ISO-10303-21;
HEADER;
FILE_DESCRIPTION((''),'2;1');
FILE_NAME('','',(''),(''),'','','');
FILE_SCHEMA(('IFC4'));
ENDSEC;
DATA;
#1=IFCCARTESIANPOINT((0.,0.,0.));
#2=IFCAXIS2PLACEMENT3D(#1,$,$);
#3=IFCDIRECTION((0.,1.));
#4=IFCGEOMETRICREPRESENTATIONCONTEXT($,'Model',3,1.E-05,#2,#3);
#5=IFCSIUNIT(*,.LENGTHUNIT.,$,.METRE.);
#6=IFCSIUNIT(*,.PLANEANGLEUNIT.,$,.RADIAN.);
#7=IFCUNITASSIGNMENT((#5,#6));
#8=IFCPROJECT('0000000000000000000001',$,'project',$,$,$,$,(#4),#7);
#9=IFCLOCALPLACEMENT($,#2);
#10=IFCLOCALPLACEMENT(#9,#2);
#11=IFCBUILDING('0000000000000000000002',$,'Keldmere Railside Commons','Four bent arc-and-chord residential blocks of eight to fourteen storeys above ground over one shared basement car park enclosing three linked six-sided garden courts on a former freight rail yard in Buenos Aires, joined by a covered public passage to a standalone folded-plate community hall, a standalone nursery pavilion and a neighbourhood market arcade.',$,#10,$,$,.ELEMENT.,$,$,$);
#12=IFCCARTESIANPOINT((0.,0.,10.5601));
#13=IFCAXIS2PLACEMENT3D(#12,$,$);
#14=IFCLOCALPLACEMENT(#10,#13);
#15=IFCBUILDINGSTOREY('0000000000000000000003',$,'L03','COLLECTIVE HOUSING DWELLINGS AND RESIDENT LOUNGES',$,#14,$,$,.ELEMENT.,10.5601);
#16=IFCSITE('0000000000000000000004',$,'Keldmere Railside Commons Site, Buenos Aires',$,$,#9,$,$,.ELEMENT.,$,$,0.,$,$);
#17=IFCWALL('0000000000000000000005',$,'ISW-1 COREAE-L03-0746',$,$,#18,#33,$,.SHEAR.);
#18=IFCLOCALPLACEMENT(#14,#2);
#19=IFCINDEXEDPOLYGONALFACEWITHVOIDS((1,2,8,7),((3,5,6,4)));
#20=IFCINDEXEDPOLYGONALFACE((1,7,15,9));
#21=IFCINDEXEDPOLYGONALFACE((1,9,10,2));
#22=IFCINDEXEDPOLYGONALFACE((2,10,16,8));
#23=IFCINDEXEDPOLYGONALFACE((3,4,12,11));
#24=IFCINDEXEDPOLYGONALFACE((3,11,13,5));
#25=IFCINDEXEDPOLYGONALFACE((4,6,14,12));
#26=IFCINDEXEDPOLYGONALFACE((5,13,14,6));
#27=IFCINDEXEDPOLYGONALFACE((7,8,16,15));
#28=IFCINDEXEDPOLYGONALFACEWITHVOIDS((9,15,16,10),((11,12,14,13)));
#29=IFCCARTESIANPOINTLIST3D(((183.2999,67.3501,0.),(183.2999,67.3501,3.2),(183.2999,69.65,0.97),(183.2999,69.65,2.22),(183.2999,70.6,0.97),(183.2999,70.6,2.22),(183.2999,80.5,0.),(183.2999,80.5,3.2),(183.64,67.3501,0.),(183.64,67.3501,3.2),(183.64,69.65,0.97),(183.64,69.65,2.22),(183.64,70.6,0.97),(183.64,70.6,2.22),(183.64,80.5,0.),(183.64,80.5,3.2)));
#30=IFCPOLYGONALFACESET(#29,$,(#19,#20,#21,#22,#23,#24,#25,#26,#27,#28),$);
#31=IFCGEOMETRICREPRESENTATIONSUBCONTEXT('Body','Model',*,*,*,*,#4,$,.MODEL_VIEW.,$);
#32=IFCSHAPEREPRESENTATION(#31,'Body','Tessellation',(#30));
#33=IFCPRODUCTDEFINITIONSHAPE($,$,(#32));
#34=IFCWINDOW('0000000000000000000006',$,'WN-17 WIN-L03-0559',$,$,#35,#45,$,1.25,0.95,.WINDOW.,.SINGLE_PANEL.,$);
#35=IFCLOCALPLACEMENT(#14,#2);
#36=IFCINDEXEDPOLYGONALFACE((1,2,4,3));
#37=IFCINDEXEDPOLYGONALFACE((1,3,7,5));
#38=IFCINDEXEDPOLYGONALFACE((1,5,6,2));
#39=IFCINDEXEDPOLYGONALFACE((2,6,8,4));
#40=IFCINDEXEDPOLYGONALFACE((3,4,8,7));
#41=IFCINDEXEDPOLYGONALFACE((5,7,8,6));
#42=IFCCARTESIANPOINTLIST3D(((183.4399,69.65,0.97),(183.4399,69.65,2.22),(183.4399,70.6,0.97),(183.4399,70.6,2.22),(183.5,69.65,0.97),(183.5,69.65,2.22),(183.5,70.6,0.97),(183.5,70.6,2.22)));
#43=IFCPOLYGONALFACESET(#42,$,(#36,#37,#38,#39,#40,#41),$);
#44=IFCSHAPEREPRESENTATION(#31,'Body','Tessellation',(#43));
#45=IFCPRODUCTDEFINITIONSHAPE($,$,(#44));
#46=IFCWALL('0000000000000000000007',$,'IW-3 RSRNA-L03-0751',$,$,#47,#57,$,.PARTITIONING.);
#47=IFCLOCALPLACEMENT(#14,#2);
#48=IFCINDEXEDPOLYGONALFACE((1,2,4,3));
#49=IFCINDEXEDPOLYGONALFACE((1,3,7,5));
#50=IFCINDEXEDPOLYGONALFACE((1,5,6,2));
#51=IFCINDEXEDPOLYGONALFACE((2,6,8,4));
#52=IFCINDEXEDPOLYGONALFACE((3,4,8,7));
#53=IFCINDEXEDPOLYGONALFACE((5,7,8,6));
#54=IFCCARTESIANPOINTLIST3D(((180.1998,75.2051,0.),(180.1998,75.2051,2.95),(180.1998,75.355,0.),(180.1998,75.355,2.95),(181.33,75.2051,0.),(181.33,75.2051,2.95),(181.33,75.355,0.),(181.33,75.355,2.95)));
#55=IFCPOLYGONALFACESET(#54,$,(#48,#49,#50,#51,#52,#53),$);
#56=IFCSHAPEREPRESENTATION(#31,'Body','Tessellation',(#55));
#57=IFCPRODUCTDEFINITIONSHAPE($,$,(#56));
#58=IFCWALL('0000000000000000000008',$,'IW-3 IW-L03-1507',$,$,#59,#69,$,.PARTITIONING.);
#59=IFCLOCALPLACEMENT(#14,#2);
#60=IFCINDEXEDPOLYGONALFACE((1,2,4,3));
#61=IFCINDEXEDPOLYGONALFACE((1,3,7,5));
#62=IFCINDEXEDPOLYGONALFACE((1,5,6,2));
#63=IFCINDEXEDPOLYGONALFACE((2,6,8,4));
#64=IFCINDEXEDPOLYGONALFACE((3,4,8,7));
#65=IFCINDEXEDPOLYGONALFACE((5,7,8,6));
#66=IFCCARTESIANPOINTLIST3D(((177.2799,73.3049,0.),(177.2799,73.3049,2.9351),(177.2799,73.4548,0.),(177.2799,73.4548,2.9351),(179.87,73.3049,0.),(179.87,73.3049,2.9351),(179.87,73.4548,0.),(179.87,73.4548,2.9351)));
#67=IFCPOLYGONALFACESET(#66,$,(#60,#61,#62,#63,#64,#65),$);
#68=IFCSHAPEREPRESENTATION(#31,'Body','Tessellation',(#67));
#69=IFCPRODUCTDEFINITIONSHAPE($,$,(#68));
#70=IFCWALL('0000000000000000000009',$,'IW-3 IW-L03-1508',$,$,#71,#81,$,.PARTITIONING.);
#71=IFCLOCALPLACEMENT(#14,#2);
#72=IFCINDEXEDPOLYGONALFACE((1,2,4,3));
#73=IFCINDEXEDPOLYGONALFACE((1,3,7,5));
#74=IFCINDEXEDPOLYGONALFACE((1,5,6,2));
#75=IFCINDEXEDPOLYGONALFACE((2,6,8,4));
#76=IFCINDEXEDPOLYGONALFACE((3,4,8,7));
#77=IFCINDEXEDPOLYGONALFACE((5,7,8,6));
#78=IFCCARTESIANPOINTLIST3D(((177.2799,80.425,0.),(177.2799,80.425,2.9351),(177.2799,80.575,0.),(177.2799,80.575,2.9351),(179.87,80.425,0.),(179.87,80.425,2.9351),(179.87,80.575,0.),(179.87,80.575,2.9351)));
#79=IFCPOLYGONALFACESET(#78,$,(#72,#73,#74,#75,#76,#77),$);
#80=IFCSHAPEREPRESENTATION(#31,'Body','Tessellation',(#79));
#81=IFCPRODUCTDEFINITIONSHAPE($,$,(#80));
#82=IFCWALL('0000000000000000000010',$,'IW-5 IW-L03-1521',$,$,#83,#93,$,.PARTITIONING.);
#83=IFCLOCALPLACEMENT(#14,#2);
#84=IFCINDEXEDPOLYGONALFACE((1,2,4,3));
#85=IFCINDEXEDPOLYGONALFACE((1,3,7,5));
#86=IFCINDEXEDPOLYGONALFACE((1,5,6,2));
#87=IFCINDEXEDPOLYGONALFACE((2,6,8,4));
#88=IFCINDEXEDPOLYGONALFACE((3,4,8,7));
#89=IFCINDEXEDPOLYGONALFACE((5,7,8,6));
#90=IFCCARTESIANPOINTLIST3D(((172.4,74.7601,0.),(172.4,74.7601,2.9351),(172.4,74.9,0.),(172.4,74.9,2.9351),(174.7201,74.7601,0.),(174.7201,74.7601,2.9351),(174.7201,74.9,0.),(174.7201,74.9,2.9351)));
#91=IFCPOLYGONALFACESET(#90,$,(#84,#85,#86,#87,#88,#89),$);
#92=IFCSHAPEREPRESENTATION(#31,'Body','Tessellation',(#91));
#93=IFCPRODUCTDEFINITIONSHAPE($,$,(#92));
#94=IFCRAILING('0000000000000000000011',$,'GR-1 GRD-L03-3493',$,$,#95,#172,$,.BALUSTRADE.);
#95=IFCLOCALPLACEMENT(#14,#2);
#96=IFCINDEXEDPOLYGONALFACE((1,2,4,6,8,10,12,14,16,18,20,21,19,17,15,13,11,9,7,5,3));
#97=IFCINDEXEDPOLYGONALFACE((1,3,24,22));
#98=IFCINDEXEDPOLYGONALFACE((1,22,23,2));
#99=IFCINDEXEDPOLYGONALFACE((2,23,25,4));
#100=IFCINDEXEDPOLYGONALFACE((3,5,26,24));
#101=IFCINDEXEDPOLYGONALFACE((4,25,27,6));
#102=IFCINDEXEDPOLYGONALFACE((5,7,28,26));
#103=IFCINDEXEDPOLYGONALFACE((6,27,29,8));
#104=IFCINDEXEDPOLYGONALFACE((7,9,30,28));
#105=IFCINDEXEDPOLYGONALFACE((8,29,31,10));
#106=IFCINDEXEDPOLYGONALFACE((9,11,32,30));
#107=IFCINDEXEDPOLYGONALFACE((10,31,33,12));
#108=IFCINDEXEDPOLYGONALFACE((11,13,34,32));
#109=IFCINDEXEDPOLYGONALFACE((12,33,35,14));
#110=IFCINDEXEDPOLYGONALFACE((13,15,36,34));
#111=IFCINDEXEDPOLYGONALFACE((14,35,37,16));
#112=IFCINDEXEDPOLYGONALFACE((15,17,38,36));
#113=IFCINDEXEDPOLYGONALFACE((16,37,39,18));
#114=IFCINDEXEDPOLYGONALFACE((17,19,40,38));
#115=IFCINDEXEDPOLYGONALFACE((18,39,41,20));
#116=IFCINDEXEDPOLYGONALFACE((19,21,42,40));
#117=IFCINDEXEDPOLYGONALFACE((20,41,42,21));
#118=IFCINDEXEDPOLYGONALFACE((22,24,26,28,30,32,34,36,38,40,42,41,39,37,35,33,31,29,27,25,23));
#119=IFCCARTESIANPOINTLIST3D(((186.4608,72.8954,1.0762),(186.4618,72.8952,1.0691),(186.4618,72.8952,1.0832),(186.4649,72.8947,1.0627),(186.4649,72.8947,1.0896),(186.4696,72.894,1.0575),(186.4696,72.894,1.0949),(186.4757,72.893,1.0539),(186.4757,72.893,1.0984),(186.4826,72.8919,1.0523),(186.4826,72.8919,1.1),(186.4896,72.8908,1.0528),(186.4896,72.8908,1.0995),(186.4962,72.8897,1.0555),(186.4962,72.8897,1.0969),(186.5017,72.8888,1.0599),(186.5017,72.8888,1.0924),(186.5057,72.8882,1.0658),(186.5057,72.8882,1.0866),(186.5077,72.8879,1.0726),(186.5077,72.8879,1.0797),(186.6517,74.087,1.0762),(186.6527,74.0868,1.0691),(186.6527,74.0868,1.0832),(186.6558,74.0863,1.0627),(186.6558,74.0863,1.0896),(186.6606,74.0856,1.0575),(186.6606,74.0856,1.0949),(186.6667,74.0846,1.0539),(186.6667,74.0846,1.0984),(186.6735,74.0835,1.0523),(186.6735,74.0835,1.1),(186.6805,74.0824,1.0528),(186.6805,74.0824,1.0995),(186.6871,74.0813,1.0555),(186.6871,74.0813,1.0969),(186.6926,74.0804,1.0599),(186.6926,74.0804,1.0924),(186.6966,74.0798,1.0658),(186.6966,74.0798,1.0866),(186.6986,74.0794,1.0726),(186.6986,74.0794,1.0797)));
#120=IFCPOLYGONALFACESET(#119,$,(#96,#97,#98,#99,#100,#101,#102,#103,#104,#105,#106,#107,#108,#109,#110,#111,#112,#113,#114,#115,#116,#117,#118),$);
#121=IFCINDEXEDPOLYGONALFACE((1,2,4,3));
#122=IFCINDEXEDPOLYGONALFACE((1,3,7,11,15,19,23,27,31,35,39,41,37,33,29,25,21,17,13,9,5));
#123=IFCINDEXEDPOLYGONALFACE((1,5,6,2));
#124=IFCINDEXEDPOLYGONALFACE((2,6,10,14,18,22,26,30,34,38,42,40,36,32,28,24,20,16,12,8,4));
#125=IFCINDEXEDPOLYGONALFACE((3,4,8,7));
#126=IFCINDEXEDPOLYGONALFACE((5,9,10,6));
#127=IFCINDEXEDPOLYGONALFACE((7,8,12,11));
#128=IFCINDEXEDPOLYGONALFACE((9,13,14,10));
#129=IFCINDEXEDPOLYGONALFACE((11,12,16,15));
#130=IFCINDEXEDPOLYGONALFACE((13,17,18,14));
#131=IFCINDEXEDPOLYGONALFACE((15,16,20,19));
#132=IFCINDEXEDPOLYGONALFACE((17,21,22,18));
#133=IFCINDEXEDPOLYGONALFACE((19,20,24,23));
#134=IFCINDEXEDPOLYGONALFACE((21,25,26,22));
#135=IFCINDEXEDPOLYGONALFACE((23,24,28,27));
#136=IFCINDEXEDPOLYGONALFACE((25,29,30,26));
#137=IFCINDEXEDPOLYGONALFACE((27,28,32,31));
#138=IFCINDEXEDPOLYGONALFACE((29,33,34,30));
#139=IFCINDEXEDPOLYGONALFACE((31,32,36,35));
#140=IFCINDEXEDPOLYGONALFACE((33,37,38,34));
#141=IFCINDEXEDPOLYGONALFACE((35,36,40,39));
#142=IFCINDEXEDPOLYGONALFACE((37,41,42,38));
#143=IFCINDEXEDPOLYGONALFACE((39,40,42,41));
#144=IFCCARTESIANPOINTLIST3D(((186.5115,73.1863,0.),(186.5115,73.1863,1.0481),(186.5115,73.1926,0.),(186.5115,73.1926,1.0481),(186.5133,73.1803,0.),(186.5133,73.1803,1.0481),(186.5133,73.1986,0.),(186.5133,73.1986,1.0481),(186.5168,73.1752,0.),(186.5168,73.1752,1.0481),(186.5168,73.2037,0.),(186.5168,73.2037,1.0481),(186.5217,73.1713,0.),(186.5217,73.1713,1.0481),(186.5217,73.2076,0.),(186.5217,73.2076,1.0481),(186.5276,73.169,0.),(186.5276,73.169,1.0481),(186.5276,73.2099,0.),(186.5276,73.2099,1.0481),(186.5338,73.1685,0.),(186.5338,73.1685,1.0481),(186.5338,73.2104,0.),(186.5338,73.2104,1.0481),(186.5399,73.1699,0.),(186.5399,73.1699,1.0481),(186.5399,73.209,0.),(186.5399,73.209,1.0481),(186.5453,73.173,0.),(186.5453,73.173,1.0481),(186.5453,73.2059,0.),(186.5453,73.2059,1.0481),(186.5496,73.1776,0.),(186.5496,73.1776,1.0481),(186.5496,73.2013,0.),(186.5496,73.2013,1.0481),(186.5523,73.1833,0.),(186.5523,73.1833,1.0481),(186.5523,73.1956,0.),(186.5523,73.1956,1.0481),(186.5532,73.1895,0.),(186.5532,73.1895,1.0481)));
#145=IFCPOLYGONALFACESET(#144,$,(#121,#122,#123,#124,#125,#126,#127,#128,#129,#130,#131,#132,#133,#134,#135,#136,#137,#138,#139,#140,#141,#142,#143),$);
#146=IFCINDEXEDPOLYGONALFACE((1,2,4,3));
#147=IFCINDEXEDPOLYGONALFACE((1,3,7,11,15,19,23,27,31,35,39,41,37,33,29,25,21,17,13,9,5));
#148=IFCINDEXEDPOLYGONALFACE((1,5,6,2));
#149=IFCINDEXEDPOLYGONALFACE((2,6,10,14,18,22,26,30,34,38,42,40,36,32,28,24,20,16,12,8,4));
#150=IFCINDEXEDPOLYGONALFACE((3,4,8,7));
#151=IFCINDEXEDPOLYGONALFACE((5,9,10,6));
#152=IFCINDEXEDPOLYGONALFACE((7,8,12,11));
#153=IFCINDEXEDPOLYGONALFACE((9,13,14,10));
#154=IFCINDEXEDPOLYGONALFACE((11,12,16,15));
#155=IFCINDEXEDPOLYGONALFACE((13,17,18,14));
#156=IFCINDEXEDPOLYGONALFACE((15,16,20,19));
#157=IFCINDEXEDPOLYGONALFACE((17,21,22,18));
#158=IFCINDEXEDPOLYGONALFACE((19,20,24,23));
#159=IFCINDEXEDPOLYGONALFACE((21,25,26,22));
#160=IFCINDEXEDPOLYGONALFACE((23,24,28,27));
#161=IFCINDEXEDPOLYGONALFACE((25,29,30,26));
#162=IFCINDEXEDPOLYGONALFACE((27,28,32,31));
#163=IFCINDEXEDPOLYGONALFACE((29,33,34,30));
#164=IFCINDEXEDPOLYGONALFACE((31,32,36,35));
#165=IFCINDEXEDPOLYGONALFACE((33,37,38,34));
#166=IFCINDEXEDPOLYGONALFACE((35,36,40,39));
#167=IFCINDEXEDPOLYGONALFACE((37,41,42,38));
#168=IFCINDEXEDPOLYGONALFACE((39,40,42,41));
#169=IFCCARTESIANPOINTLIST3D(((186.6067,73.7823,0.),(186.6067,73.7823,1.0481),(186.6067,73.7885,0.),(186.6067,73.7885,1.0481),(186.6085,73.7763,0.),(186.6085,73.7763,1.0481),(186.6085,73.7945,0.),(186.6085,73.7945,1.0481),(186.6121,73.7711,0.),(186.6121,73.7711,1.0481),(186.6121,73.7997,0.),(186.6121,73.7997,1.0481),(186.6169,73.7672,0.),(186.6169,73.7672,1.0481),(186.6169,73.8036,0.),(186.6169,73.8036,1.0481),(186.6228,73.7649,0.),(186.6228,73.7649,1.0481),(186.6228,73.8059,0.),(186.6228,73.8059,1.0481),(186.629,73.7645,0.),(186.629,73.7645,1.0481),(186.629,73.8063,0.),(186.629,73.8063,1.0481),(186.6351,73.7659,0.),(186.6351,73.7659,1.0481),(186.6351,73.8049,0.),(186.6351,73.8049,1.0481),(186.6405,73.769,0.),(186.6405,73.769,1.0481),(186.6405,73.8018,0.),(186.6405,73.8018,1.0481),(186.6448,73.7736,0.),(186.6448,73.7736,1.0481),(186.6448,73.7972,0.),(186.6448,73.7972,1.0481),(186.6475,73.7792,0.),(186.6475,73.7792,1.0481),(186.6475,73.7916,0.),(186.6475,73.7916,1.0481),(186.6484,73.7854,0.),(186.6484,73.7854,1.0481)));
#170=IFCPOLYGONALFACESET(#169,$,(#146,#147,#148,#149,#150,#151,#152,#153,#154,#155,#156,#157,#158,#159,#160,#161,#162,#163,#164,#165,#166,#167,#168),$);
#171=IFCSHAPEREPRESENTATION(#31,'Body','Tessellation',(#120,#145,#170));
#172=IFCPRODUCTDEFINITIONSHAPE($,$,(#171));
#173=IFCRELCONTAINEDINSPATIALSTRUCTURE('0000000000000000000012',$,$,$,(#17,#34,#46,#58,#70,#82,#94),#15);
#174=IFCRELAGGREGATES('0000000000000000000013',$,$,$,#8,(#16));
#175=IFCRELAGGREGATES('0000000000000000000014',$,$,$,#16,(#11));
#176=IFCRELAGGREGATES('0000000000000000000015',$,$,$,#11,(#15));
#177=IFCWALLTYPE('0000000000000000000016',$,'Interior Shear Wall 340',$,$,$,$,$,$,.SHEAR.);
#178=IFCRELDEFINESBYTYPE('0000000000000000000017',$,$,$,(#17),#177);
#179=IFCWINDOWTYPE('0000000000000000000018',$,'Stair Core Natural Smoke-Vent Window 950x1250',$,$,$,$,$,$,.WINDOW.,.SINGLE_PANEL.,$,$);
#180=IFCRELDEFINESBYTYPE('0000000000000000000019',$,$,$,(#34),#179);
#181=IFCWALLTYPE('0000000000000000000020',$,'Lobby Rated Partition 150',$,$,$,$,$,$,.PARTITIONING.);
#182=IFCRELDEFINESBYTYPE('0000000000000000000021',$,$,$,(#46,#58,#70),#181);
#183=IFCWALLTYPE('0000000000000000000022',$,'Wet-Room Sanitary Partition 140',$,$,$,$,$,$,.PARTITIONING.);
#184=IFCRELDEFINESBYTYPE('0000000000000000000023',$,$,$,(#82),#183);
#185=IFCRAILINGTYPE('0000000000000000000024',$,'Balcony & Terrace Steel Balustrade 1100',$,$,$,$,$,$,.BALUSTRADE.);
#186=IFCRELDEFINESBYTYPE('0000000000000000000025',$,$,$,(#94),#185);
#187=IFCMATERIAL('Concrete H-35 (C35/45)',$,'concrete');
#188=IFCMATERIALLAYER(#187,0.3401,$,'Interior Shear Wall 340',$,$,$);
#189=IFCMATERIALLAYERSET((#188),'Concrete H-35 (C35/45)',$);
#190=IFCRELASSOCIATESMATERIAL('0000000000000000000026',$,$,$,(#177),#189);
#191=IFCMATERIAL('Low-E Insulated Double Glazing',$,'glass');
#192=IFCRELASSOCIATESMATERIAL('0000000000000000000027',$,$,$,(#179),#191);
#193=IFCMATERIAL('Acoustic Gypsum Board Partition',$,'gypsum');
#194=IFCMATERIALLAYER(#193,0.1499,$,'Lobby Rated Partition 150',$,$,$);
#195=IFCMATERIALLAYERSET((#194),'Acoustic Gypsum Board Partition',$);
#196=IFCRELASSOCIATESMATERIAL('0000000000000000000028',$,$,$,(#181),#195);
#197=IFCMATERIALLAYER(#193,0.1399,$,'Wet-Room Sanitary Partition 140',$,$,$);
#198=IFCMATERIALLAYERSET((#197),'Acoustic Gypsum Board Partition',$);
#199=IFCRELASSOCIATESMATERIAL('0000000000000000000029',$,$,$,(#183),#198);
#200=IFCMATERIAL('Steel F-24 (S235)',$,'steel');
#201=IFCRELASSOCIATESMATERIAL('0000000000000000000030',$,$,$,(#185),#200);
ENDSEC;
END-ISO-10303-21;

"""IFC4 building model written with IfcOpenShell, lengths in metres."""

from ifc_helpers import new_model, si_unit, direction, frame, frame_2d, origin, origin_2d, place, context, subcontext, project, spatial, rectangle, circle, extrude, material, layer, layer_set, type_object, element, fill, save


model = new_model("IFC4")

# Units and contexts
model_context = context("Model", 3, precision=1e-05, world=origin(), true_north=direction((0.0, 1.0)))
body_context = subcontext(model_context, "Body", "Model", "MODEL_VIEW")
ifc_project = project(units=[si_unit("LENGTHUNIT", "METRE"), si_unit("PLANEANGLEUNIT", "RADIAN")], contexts=[model_context])

# Site, building, storey
site_placement = place(None, origin())
site = spatial("IfcSite", under=ifc_project, at=site_placement, Name="Keldmere Railside Commons Site, Buenos Aires", CompositionType="ELEMENT", RefElevation=0.0)
building_placement = place(site_placement, origin())
building = spatial("IfcBuilding", under=site, at=building_placement, Name="Keldmere Railside Commons", Description="Four bent arc-and-chord residential blocks of eight to fourteen storeys above ground over one shared basement car park enclosing three linked six-sided garden courts on a former freight rail yard in Buenos Aires, joined by a covered public passage to a standalone folded-plate community hall, a standalone nursery pavilion and a neighbourhood market arcade.", CompositionType="ELEMENT")
storey_placement = place(building_placement, frame((0.0, 0.0, 10.5601)))
storey = spatial("IfcBuildingStorey", under=building, at=storey_placement, Name="L03", Description="COLLECTIVE HOUSING DWELLINGS AND RESIDENT LOUNGES", CompositionType="ELEMENT", Elevation=10.5601)

# Shared definitions
ifc_material_1 = material(Name="Concrete H-35 (C35/45)", Category="concrete")

# Shared definitions
ifc_material_2 = material(Name="Steel F-24 (S235)", Category="steel")

# Wall, opening, window
ifc_layer_1 = layer(ifc_material_1, 0.3401, Name="Interior Shear Wall 340")
ifc_layer_set_1 = layer_set([ifc_layer_1], Name="Concrete H-35 (C35/45)")
wall_type_1 = type_object("IfcWallType", Name="Interior Shear Wall 340", PredefinedType="SHEAR", material=ifc_layer_set_1)
wall_1_placement = place(storey_placement, frame((183.47, 80.5, 0.0), z_axis=(0.0, 0.0, 1.0), x_axis=(0.0, -1.0, 0.0)))
wall_1 = element("IfcWall", 1, at=wall_1_placement, inside=storey, type_object=wall_type_1, Name="ISW-1 COREAE-L03-0746", PredefinedType="SHEAR", context=body_context, shape_type="SweptSolid", body=[
    extrude(rectangle(XDim=13.1499, YDim=0.3401, at=frame_2d((6.575, 0.0))), origin(), (0.0, 0.0, 1.0), 3.2),
])
opening_1_placement = place(wall_1_placement, frame((9.8999, 0.0, 0.97)))
opening_1 = element("IfcOpeningElement", 2, at=opening_1_placement, cuts=wall_1, PredefinedType="OPENING", context=body_context, shape_type="SweptSolid", body=[
    extrude(rectangle(XDim=0.95, YDim=1.25, at=frame_2d((0.4751, 0.625))), frame((0.0, 0.1799, 0.0), z_axis=(0.0, -1.0, 0.0), x_axis=(1.0, 0.0, 0.0)), (0.0, 0.0, 1.0), 0.3601),
])
ifc_material_3 = material(Name="Low-E Insulated Double Glazing", Category="glass")
window_type = type_object("IfcWindowType", Name="Stair Core Natural Smoke-Vent Window 950x1250", PartitioningType="SINGLE_PANEL", PredefinedType="WINDOW", material=ifc_material_3)
window_placement = place(opening_1_placement, origin())
window = element("IfcWindow", 3, at=window_placement, inside=storey, type_object=window_type, Name="WN-17 WIN-L03-0559", OverallHeight=1.25, OverallWidth=0.95, PartitioningType="SINGLE_PANEL", PredefinedType="WINDOW", context=body_context, shape_type="SweptSolid", body=[
    extrude(rectangle(XDim=0.95, YDim=1.25, at=frame_2d((0.4751, 0.625))), frame((0.0, 0.03, 0.0), z_axis=(0.0, -1.0, 0.0), x_axis=(1.0, 0.0, 0.0)), (0.0, 0.0, 1.0), 0.0601),
])
fill(opening_1, window)

# Walls
ifc_material_4 = material(Name="Acoustic Gypsum Board Partition", Category="gypsum")
ifc_layer_2 = layer(ifc_material_4, 0.1499, Name="Lobby Rated Partition 150")
ifc_layer_set_2 = layer_set([ifc_layer_2], Name="Acoustic Gypsum Board Partition")
wall_type_2 = type_object("IfcWallType", Name="Lobby Rated Partition 150", PredefinedType="PARTITIONING", material=ifc_layer_set_2)
wall_2_placement = place(storey_placement, frame((180.2, 75.28, 0.0), z_axis=(0.0, 0.0, 1.0), x_axis=(1.0, 0.0, 0.0)))
element("IfcWall", 4, at=wall_2_placement, inside=storey, type_object=wall_type_2, Name="IW-3 RSRNA-L03-0751", PredefinedType="PARTITIONING", context=body_context, shape_type="SweptSolid", body=[
    extrude(rectangle(XDim=1.1301, YDim=0.1499, at=frame_2d((0.5649, 0.0))), origin(), (0.0, 0.0, 1.0), 2.95),
])
for number, where, z_axis, x_axis, name in (
    (5, (177.28, 73.3799, 0.0), (0.0, 0.0, 1.0), (1.0, 0.0, 0.0), "IW-3 IW-L03-1507"),
    (6, (177.28, 80.5, 0.0), (0.0, 0.0, 1.0), (1.0, 0.0, 0.0), "IW-3 IW-L03-1508"),
):
    element("IfcWall", number, at=place(storey_placement, frame(where, z_axis=z_axis, x_axis=x_axis)), inside=storey, type_object=wall_type_2, Name=name, PredefinedType="PARTITIONING", context=body_context, shape_type="SweptSolid", body=[
        extrude(rectangle(XDim=2.5901, YDim=0.1499, at=frame_2d((1.2949, 0.0))), origin(), (0.0, 0.0, 1.0), 2.9351),
    ])
ifc_layer_3 = layer(ifc_material_4, 0.1399, Name="Wet-Room Sanitary Partition 140")
ifc_layer_set_3 = layer_set([ifc_layer_3], Name="Acoustic Gypsum Board Partition")
wall_type_3 = type_object("IfcWallType", Name="Wet-Room Sanitary Partition 140", PredefinedType="PARTITIONING", material=ifc_layer_set_3)
wall_3_placement = place(storey_placement, frame((172.3999, 74.8301, 0.0), z_axis=(0.0, 0.0, 1.0), x_axis=(1.0, 0.0, 0.0)))
element("IfcWall", 7, at=wall_3_placement, inside=storey, type_object=wall_type_3, Name="IW-5 IW-L03-1521", PredefinedType="PARTITIONING", context=body_context, shape_type="SweptSolid", body=[
    extrude(rectangle(XDim=2.3201, YDim=0.1399, at=frame_2d((1.1602, 0.0))), origin(), (0.0, 0.0, 1.0), 2.9351),
])

# Railing
railing_type_1 = type_object("IfcRailingType", Name="Balcony & Terrace Steel Balustrade 1100", PredefinedType="BALUSTRADE", material=ifc_material_2)
railing_1_placement = place(storey_placement, frame((186.4844, 72.8916, 0.0)))
element("IfcRailing", 8, at=railing_1_placement, inside=storey, type_object=railing_type_1, Name="GR-1 GRD-L03-3493", PredefinedType="BALUSTRADE", context=body_context, shape_type="SweptSolid", body=[
    extrude(circle(Radius=0.0239, at=origin_2d()), frame((0.0, 0.0, 1.0762), z_axis=(0.158196, 0.987408, 0.0), x_axis=(-0.987408, 0.158196, 0.0)), (0.0, 0.0, 1.0), 1.2068),
    extrude(circle(Radius=0.021, at=origin_2d()), frame((0.0479, 0.2979, 0.0)), (0.0, 0.0, 1.0), 1.0481),
    extrude(circle(Radius=0.021, at=origin_2d()), frame((0.1431, 0.8938, 0.0)), (0.0, 0.0, 1.0), 1.0481),
])

save(model, "model.ifc")
